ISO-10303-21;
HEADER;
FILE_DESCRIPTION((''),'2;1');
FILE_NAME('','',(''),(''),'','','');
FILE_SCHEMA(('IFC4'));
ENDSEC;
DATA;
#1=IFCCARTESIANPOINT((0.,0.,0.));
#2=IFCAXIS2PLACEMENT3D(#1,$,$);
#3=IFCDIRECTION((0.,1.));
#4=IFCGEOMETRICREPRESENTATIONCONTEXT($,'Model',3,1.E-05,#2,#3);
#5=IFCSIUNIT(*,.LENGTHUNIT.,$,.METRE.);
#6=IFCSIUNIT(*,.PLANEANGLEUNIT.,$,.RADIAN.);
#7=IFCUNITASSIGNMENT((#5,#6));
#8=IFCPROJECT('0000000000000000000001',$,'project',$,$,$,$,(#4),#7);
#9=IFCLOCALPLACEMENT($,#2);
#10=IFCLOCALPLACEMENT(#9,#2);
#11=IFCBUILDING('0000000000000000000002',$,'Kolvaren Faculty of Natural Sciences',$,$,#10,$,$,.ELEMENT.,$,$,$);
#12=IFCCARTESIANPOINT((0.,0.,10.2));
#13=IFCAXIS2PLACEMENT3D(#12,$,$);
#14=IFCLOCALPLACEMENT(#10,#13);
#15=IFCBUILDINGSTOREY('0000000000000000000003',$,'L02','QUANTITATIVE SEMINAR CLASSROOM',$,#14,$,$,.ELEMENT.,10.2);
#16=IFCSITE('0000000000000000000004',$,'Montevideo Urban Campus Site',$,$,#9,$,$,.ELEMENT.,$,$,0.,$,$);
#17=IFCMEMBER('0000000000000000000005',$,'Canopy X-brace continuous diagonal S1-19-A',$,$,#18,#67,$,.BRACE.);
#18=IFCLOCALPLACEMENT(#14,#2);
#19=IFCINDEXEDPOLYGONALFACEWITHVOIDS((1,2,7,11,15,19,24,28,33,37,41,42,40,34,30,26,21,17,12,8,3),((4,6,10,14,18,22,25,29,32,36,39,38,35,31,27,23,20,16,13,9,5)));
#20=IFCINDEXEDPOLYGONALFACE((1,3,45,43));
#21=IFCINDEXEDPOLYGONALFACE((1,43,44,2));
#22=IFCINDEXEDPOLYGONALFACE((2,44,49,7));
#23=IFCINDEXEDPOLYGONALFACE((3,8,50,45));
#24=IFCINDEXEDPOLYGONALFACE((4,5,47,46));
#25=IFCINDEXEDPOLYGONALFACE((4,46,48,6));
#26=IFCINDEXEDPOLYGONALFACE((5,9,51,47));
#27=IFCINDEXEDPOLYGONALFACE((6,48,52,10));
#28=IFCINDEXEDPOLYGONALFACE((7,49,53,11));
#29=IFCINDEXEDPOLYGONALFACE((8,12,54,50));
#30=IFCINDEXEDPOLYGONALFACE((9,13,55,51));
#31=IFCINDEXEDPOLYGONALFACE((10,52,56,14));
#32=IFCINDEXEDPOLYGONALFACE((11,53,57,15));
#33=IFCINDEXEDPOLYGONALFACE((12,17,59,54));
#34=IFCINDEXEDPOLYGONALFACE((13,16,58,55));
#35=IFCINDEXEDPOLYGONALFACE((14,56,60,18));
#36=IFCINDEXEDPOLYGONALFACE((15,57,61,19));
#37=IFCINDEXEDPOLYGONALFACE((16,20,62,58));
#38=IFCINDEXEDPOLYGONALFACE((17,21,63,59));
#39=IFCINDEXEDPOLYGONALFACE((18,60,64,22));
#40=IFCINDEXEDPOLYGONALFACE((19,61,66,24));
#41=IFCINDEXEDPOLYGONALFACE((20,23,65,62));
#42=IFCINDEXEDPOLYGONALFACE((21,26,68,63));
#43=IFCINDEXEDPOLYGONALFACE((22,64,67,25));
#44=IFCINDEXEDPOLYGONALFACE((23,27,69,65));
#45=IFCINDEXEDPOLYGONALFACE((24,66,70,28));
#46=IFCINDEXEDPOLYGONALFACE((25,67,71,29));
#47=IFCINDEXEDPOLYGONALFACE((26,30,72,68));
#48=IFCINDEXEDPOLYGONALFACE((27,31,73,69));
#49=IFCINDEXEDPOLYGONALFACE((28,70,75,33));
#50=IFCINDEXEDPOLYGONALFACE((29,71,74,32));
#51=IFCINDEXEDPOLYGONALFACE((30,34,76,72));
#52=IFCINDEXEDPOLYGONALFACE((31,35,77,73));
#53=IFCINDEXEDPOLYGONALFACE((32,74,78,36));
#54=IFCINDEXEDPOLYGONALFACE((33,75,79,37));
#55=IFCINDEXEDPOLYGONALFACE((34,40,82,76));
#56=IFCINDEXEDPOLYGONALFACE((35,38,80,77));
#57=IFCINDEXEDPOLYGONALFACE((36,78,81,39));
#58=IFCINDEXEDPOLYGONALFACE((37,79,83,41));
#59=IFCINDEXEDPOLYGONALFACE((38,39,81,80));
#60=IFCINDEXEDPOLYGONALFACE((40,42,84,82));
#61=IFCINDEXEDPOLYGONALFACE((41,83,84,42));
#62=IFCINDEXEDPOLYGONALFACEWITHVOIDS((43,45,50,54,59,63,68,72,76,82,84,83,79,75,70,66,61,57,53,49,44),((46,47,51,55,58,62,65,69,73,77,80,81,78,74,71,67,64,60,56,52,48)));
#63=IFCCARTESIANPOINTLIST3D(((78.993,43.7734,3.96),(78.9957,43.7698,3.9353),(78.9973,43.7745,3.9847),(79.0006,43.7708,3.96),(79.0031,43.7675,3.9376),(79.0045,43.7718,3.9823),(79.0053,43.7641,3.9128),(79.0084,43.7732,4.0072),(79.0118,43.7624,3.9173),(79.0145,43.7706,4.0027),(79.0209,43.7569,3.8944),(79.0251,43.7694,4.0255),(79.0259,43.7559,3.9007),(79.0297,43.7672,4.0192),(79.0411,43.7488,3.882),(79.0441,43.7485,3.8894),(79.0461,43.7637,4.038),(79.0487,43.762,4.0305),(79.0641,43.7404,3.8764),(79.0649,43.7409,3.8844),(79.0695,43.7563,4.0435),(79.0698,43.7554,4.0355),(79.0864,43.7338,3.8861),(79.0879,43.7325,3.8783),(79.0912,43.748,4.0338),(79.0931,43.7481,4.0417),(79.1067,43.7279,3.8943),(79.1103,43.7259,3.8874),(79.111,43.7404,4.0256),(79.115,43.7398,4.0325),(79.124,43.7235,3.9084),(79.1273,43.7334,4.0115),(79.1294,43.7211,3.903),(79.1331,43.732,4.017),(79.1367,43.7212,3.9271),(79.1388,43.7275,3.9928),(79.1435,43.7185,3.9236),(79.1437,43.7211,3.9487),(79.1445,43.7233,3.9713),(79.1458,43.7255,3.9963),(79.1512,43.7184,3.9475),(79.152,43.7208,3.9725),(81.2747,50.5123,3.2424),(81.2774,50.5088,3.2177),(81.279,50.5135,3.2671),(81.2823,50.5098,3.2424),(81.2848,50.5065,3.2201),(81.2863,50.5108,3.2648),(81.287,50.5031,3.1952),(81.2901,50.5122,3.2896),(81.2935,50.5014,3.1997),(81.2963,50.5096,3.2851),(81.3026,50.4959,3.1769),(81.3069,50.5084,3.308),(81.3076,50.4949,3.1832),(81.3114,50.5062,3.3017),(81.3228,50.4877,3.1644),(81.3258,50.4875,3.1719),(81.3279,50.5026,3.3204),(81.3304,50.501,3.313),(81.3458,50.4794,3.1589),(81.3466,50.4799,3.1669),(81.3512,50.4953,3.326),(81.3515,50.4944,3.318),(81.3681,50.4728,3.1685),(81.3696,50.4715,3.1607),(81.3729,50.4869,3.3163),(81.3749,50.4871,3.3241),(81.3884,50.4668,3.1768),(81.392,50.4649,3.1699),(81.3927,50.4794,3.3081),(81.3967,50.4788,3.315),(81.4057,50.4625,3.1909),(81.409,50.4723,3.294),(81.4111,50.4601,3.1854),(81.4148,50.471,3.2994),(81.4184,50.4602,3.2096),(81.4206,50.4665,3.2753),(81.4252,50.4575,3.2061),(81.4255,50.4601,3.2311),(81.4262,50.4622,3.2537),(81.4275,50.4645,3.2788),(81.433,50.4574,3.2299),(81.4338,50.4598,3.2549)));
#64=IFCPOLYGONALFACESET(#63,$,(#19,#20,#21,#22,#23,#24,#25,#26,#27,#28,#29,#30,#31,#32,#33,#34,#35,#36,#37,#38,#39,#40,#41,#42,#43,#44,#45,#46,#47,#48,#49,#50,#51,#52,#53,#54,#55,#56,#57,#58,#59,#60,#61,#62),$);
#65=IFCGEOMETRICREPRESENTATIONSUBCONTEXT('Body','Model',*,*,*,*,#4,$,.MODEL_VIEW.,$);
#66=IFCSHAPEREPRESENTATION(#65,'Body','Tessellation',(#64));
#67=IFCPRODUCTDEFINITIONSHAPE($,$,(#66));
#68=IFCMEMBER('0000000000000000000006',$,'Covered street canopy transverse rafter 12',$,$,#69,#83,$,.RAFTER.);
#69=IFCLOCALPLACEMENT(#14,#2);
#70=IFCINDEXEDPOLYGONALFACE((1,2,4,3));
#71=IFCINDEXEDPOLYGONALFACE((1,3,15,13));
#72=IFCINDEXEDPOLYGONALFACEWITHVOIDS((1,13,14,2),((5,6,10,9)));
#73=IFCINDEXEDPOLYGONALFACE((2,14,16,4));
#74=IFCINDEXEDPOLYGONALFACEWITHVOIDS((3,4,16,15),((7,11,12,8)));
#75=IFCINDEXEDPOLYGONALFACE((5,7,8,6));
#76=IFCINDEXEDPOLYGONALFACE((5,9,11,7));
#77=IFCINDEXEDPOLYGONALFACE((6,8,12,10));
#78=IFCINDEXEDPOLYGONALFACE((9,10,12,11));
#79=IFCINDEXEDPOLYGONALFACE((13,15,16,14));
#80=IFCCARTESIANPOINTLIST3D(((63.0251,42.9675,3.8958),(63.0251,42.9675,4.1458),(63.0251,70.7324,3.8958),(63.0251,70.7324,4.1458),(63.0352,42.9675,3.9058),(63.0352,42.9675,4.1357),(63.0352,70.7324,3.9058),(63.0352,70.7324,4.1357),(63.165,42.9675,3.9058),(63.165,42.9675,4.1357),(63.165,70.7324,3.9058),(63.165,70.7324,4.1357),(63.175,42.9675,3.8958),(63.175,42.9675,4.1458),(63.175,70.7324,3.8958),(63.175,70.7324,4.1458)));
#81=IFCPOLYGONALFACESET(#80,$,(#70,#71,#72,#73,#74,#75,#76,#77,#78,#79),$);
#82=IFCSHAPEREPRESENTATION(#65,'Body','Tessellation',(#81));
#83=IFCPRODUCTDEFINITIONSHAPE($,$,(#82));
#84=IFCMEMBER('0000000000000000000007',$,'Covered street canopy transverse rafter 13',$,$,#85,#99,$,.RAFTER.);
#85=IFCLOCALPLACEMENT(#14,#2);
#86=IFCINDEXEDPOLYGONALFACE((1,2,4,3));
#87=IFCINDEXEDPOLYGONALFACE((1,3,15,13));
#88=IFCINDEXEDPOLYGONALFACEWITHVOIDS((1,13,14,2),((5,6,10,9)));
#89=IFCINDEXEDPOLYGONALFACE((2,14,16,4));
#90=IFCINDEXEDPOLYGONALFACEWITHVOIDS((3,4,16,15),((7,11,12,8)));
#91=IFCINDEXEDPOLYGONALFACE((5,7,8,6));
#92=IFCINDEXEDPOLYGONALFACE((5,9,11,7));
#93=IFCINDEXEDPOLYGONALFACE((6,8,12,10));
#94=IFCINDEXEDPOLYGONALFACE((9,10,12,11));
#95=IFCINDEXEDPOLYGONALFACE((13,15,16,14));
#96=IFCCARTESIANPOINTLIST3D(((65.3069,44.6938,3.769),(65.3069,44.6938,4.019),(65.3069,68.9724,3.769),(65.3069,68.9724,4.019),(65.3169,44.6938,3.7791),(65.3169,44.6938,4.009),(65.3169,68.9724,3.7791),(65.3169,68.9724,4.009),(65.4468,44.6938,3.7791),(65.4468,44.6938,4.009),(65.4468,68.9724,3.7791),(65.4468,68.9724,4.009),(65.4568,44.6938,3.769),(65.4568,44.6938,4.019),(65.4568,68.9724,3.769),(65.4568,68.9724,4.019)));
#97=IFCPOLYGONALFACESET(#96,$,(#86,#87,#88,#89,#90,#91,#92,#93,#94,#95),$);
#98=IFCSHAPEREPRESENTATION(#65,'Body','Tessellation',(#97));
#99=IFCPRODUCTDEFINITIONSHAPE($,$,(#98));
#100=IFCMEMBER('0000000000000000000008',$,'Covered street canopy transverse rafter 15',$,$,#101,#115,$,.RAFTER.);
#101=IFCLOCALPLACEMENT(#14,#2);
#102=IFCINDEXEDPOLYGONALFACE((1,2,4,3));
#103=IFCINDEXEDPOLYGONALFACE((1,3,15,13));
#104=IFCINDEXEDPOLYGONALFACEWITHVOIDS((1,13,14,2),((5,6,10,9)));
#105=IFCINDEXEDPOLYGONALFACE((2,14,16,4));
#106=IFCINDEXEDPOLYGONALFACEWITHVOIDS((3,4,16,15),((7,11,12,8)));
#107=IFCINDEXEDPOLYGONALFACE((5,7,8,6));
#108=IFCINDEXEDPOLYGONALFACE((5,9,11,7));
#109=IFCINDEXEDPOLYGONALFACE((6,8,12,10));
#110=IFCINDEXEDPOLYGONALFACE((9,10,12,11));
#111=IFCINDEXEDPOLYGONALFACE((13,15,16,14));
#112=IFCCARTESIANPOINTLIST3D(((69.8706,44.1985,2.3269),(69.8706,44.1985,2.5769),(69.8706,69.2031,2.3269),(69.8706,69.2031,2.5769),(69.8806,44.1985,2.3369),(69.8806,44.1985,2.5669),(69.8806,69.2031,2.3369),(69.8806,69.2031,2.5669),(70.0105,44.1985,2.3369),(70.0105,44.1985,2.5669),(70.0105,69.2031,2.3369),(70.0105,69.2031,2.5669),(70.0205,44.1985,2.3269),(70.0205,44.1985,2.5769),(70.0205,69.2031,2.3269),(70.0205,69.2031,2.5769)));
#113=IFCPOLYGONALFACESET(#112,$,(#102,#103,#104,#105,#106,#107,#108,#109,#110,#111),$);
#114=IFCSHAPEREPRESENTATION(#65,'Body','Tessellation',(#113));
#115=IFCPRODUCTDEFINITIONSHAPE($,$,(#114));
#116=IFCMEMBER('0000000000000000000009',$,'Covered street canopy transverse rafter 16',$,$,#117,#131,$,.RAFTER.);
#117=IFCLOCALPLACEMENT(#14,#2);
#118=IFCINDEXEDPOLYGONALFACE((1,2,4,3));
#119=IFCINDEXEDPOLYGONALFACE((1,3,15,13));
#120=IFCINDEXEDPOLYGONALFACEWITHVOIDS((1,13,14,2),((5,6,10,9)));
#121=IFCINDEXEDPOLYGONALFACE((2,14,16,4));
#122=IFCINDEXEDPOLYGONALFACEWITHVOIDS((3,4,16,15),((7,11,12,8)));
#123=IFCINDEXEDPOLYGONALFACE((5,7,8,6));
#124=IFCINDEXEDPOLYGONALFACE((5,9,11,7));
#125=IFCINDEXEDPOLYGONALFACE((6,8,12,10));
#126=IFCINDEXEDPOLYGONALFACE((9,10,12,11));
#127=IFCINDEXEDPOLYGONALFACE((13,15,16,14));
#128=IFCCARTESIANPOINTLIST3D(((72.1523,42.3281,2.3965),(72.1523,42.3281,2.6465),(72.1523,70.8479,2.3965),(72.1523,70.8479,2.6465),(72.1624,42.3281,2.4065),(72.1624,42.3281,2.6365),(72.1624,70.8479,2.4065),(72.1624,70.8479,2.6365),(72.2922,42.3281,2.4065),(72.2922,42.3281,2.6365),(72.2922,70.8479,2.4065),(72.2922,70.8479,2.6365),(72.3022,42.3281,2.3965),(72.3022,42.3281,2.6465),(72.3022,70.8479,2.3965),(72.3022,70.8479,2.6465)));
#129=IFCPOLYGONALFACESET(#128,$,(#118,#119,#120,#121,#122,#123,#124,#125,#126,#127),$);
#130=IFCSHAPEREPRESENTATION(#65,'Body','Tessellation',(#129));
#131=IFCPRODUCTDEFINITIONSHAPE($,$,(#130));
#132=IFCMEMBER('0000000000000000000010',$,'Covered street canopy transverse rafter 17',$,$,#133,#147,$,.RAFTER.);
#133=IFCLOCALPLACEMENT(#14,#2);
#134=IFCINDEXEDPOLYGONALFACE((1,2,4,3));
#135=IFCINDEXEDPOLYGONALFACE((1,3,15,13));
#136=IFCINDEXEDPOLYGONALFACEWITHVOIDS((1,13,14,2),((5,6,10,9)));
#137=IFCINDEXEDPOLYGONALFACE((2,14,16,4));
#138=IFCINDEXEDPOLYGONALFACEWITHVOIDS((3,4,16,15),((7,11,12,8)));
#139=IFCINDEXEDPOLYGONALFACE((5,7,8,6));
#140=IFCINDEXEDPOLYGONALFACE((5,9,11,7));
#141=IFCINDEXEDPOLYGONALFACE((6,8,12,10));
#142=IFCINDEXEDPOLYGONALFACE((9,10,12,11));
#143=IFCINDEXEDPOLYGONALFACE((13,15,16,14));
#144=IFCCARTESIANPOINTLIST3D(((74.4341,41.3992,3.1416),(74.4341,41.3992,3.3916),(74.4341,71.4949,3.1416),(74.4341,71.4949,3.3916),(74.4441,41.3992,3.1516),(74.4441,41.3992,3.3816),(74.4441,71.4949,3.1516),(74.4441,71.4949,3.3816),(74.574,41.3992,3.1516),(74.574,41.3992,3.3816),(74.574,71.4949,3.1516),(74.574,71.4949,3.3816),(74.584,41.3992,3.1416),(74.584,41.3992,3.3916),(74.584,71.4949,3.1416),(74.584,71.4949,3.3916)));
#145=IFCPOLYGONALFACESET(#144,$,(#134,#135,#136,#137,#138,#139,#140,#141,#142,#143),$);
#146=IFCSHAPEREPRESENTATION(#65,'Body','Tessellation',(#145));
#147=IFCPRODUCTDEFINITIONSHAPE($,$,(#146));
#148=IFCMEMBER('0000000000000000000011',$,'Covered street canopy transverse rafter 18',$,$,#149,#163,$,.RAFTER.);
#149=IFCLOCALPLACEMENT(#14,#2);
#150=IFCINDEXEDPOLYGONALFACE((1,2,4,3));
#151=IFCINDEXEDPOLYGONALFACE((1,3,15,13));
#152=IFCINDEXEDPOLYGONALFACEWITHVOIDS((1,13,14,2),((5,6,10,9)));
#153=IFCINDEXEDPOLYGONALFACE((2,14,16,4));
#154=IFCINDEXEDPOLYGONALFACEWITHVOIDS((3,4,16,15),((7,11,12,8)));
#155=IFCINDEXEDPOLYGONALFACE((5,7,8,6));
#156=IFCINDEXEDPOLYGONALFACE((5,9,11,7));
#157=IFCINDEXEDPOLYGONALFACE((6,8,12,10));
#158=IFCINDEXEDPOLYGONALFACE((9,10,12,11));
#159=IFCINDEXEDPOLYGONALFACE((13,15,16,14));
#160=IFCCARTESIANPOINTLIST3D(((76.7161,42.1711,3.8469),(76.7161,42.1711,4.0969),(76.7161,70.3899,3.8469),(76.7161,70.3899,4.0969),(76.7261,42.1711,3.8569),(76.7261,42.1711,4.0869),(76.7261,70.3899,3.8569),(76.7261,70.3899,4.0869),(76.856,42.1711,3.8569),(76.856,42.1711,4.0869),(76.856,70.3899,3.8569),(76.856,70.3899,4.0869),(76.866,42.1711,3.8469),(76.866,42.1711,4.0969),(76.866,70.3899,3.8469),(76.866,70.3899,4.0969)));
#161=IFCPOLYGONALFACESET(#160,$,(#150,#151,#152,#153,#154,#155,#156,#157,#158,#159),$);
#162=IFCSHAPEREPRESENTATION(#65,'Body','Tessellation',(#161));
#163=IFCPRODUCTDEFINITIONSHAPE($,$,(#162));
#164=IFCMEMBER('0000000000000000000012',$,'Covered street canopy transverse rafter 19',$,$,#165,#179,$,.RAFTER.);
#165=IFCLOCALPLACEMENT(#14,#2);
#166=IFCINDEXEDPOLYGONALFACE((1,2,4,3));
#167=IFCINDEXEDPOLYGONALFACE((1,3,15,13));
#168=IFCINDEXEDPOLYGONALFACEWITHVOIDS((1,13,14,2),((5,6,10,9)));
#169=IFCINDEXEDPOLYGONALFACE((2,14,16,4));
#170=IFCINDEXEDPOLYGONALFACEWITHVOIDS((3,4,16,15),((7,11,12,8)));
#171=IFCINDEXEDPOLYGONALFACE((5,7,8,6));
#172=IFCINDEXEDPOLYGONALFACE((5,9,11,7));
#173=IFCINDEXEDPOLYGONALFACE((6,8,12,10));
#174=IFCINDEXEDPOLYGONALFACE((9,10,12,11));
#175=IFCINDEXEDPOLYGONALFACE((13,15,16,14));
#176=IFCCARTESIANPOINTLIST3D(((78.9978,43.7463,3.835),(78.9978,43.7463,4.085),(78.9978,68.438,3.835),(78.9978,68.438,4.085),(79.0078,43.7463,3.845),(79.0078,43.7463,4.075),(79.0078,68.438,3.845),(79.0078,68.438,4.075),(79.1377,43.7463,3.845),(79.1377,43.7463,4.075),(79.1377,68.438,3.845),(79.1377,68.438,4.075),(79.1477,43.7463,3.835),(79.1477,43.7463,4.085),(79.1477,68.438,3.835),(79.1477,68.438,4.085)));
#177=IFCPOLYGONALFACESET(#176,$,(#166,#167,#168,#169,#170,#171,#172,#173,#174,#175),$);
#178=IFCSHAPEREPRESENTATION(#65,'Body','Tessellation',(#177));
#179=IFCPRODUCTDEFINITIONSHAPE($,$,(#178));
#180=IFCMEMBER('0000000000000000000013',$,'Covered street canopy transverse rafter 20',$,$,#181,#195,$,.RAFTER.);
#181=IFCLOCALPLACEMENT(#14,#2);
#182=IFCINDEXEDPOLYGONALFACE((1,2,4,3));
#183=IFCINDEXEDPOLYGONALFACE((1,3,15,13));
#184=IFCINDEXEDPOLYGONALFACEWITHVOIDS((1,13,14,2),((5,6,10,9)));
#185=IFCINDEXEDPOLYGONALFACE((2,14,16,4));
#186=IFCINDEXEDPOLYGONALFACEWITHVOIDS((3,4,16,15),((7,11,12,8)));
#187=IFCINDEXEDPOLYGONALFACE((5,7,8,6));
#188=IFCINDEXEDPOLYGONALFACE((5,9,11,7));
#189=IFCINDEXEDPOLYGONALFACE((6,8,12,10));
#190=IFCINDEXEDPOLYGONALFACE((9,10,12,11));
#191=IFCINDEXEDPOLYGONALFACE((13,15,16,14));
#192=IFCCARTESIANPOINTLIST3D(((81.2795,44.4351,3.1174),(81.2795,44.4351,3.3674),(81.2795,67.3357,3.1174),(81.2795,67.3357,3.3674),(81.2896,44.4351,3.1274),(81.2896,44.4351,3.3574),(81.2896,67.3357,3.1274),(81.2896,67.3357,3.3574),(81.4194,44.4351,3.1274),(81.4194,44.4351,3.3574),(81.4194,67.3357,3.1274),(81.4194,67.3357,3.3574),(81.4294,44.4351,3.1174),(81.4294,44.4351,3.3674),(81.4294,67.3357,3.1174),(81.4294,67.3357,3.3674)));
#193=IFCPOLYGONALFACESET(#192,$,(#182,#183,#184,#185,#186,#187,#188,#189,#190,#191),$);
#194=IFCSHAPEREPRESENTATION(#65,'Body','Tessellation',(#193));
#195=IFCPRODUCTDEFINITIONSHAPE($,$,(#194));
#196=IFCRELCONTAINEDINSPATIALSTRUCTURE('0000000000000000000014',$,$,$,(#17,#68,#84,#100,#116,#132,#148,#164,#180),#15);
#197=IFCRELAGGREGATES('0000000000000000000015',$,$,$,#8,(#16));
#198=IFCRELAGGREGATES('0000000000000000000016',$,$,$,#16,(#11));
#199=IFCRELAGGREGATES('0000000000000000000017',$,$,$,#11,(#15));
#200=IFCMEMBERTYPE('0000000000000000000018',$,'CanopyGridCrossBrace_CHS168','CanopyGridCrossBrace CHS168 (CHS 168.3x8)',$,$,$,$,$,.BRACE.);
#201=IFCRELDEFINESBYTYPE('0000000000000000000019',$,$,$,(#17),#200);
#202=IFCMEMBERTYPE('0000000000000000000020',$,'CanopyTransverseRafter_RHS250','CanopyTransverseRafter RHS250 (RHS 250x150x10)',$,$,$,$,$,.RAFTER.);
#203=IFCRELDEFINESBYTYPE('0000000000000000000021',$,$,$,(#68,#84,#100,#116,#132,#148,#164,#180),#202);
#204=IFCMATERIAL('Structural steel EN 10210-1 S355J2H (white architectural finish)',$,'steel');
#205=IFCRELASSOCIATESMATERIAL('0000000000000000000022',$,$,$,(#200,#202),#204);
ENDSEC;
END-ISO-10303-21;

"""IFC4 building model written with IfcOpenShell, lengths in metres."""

from ifc_helpers import new_model, si_unit, direction, frame, origin, origin_2d, place, context, subcontext, project, spatial, hollow_rectangle, hollow_circle, extrude, material, material_profile, profile_set, type_object, element, save


model = new_model("IFC4")

# Units and contexts
model_context = context("Model", 3, precision=1e-05, world=origin(), true_north=direction((0.0, 1.0)))
body_context = subcontext(model_context, "Body", "Model", "MODEL_VIEW")
ifc_project = project(units=[si_unit("LENGTHUNIT", "METRE"), si_unit("PLANEANGLEUNIT", "RADIAN")], contexts=[model_context])

# Site, building, storey
site_placement = place(None, origin())
site = spatial("IfcSite", under=ifc_project, at=site_placement, Name="Montevideo Urban Campus Site", CompositionType="ELEMENT", RefElevation=0.0)
building_placement = place(site_placement, origin())
building = spatial("IfcBuilding", under=site, at=building_placement, Name="Kolvaren Faculty of Natural Sciences", CompositionType="ELEMENT")
storey_placement = place(building_placement, frame((0.0, 0.0, 10.2)))
storey = spatial("IfcBuildingStorey", under=building, at=storey_placement, Name="L02", Description="QUANTITATIVE SEMINAR CLASSROOM", CompositionType="ELEMENT", Elevation=10.2)

# Members
ifc_material_1 = material(Name="Structural steel EN 10210-1 S355J2H (white architectural finish)", Category="steel")
ifc_material_profile_1 = material_profile(ifc_material_1, hollow_circle(Radius=0.0842, WallThickness=0.0081, at=origin_2d()), Name="CHS 168.3x8")
ifc_profile_set_1 = profile_set([ifc_material_profile_1], Name="Structural steel EN 10210-1 S355J2H (white architectural finish)")
member_type_1 = type_object("IfcMemberType", Name="CanopyGridCrossBrace_CHS168", Description="CanopyGridCrossBrace CHS168 (CHS 168.3x8)", PredefinedType="BRACE", material=ifc_profile_set_1)
member_1_placement = place(storey_placement, frame((79.0728, 43.7463, 3.96), z_axis=(0.319084, 0.9424, -0.100341), x_axis=(-0.94718, 0.320702, 0.0)))
element("IfcMember", 1, at=member_1_placement, inside=storey, type_object=member_type_1, Name="Canopy X-brace continuous diagonal S1-19-A", PredefinedType="BRACE", context=body_context, shape_type="SweptSolid", body=[
    extrude(hollow_circle(Radius=0.0842, WallThickness=0.0081, at=origin_2d()), origin(), (0.0, 0.0, 1.0), 7.1509),
])
ifc_material_profile_2 = material_profile(ifc_material_1, hollow_rectangle(XDim=0.1499, YDim=0.25, WallThickness=0.01, at=origin_2d()), Name="RHS 250x150x10")
ifc_profile_set_2 = profile_set([ifc_material_profile_2], Name="Structural steel EN 10210-1 S355J2H (white architectural finish)")
member_type_2 = type_object("IfcMemberType", Name="CanopyTransverseRafter_RHS250", Description="CanopyTransverseRafter RHS250 (RHS 250x150x10)", PredefinedType="RAFTER", material=ifc_profile_set_2)
member_2_placement = place(storey_placement, frame((63.1001, 42.9675, 4.0208), z_axis=(0.0, 1.0, 0.0), x_axis=(-1.0, 0.0, 0.0)))
element("IfcMember", 2, at=member_2_placement, inside=storey, type_object=member_type_2, Name="Covered street canopy transverse rafter 12", PredefinedType="RAFTER", context=body_context, shape_type="SweptSolid", body=[
    extrude(hollow_rectangle(XDim=0.1499, YDim=0.25, WallThickness=0.01, at=origin_2d()), origin(), (0.0, 0.0, 1.0), 27.7649),
])
member_3_placement = place(storey_placement, frame((65.3818, 44.6938, 3.894), z_axis=(0.0, 1.0, 0.0), x_axis=(-1.0, 0.0, 0.0)))
element("IfcMember", 3, at=member_3_placement, inside=storey, type_object=member_type_2, Name="Covered street canopy transverse rafter 13", PredefinedType="RAFTER", context=body_context, shape_type="SweptSolid", body=[
    extrude(hollow_rectangle(XDim=0.1499, YDim=0.25, WallThickness=0.01, at=origin_2d()), origin(), (0.0, 0.0, 1.0), 24.2786),
])
member_4_placement = place(storey_placement, frame((69.9456, 44.1985, 2.4519), z_axis=(0.0, 1.0, 0.0), x_axis=(-1.0, 0.0, 0.0)))
element("IfcMember", 4, at=member_4_placement, inside=storey, type_object=member_type_2, Name="Covered street canopy transverse rafter 15", PredefinedType="RAFTER", context=body_context, shape_type="SweptSolid", body=[
    extrude(hollow_rectangle(XDim=0.1499, YDim=0.25, WallThickness=0.01, at=origin_2d()), origin(), (0.0, 0.0, 1.0), 25.0046),
])
member_5_placement = place(storey_placement, frame((72.2273, 42.3281, 2.5215), z_axis=(0.0, 1.0, 0.0), x_axis=(-1.0, 0.0, 0.0)))
element("IfcMember", 5, at=member_5_placement, inside=storey, type_object=member_type_2, Name="Covered street canopy transverse rafter 16", PredefinedType="RAFTER", context=body_context, shape_type="SweptSolid", body=[
    extrude(hollow_rectangle(XDim=0.1499, YDim=0.25, WallThickness=0.01, at=origin_2d()), origin(), (0.0, 0.0, 1.0), 28.5198),
])
member_6_placement = place(storey_placement, frame((74.509, 41.3992, 3.2666), z_axis=(0.0, 1.0, 0.0), x_axis=(-1.0, 0.0, 0.0)))
element("IfcMember", 6, at=member_6_placement, inside=storey, type_object=member_type_2, Name="Covered street canopy transverse rafter 17", PredefinedType="RAFTER", context=body_context, shape_type="SweptSolid", body=[
    extrude(hollow_rectangle(XDim=0.1499, YDim=0.25, WallThickness=0.01, at=origin_2d()), origin(), (0.0, 0.0, 1.0), 30.0957),
])
member_7_placement = place(storey_placement, frame((76.791, 42.1711, 3.9719), z_axis=(0.0, 1.0, 0.0), x_axis=(-1.0, 0.0, 0.0)))
element("IfcMember", 7, at=member_7_placement, inside=storey, type_object=member_type_2, Name="Covered street canopy transverse rafter 18", PredefinedType="RAFTER", context=body_context, shape_type="SweptSolid", body=[
    extrude(hollow_rectangle(XDim=0.1499, YDim=0.25, WallThickness=0.01, at=origin_2d()), origin(), (0.0, 0.0, 1.0), 28.2188),
])
member_8_placement = place(storey_placement, frame((79.0728, 43.7463, 3.96), z_axis=(0.0, 1.0, 0.0), x_axis=(-1.0, 0.0, 0.0)))
element("IfcMember", 8, at=member_8_placement, inside=storey, type_object=member_type_2, Name="Covered street canopy transverse rafter 19", PredefinedType="RAFTER", context=body_context, shape_type="SweptSolid", body=[
    extrude(hollow_rectangle(XDim=0.1499, YDim=0.25, WallThickness=0.01, at=origin_2d()), origin(), (0.0, 0.0, 1.0), 24.6917),
])
member_9_placement = place(storey_placement, frame((81.3545, 44.4351, 3.2424), z_axis=(0.0, 1.0, 0.0), x_axis=(-1.0, 0.0, 0.0)))
element("IfcMember", 9, at=member_9_placement, inside=storey, type_object=member_type_2, Name="Covered street canopy transverse rafter 20", PredefinedType="RAFTER", context=body_context, shape_type="SweptSolid", body=[
    extrude(hollow_rectangle(XDim=0.1499, YDim=0.25, WallThickness=0.01, at=origin_2d()), origin(), (0.0, 0.0, 1.0), 22.9006),
])

save(model, "model.ifc")
